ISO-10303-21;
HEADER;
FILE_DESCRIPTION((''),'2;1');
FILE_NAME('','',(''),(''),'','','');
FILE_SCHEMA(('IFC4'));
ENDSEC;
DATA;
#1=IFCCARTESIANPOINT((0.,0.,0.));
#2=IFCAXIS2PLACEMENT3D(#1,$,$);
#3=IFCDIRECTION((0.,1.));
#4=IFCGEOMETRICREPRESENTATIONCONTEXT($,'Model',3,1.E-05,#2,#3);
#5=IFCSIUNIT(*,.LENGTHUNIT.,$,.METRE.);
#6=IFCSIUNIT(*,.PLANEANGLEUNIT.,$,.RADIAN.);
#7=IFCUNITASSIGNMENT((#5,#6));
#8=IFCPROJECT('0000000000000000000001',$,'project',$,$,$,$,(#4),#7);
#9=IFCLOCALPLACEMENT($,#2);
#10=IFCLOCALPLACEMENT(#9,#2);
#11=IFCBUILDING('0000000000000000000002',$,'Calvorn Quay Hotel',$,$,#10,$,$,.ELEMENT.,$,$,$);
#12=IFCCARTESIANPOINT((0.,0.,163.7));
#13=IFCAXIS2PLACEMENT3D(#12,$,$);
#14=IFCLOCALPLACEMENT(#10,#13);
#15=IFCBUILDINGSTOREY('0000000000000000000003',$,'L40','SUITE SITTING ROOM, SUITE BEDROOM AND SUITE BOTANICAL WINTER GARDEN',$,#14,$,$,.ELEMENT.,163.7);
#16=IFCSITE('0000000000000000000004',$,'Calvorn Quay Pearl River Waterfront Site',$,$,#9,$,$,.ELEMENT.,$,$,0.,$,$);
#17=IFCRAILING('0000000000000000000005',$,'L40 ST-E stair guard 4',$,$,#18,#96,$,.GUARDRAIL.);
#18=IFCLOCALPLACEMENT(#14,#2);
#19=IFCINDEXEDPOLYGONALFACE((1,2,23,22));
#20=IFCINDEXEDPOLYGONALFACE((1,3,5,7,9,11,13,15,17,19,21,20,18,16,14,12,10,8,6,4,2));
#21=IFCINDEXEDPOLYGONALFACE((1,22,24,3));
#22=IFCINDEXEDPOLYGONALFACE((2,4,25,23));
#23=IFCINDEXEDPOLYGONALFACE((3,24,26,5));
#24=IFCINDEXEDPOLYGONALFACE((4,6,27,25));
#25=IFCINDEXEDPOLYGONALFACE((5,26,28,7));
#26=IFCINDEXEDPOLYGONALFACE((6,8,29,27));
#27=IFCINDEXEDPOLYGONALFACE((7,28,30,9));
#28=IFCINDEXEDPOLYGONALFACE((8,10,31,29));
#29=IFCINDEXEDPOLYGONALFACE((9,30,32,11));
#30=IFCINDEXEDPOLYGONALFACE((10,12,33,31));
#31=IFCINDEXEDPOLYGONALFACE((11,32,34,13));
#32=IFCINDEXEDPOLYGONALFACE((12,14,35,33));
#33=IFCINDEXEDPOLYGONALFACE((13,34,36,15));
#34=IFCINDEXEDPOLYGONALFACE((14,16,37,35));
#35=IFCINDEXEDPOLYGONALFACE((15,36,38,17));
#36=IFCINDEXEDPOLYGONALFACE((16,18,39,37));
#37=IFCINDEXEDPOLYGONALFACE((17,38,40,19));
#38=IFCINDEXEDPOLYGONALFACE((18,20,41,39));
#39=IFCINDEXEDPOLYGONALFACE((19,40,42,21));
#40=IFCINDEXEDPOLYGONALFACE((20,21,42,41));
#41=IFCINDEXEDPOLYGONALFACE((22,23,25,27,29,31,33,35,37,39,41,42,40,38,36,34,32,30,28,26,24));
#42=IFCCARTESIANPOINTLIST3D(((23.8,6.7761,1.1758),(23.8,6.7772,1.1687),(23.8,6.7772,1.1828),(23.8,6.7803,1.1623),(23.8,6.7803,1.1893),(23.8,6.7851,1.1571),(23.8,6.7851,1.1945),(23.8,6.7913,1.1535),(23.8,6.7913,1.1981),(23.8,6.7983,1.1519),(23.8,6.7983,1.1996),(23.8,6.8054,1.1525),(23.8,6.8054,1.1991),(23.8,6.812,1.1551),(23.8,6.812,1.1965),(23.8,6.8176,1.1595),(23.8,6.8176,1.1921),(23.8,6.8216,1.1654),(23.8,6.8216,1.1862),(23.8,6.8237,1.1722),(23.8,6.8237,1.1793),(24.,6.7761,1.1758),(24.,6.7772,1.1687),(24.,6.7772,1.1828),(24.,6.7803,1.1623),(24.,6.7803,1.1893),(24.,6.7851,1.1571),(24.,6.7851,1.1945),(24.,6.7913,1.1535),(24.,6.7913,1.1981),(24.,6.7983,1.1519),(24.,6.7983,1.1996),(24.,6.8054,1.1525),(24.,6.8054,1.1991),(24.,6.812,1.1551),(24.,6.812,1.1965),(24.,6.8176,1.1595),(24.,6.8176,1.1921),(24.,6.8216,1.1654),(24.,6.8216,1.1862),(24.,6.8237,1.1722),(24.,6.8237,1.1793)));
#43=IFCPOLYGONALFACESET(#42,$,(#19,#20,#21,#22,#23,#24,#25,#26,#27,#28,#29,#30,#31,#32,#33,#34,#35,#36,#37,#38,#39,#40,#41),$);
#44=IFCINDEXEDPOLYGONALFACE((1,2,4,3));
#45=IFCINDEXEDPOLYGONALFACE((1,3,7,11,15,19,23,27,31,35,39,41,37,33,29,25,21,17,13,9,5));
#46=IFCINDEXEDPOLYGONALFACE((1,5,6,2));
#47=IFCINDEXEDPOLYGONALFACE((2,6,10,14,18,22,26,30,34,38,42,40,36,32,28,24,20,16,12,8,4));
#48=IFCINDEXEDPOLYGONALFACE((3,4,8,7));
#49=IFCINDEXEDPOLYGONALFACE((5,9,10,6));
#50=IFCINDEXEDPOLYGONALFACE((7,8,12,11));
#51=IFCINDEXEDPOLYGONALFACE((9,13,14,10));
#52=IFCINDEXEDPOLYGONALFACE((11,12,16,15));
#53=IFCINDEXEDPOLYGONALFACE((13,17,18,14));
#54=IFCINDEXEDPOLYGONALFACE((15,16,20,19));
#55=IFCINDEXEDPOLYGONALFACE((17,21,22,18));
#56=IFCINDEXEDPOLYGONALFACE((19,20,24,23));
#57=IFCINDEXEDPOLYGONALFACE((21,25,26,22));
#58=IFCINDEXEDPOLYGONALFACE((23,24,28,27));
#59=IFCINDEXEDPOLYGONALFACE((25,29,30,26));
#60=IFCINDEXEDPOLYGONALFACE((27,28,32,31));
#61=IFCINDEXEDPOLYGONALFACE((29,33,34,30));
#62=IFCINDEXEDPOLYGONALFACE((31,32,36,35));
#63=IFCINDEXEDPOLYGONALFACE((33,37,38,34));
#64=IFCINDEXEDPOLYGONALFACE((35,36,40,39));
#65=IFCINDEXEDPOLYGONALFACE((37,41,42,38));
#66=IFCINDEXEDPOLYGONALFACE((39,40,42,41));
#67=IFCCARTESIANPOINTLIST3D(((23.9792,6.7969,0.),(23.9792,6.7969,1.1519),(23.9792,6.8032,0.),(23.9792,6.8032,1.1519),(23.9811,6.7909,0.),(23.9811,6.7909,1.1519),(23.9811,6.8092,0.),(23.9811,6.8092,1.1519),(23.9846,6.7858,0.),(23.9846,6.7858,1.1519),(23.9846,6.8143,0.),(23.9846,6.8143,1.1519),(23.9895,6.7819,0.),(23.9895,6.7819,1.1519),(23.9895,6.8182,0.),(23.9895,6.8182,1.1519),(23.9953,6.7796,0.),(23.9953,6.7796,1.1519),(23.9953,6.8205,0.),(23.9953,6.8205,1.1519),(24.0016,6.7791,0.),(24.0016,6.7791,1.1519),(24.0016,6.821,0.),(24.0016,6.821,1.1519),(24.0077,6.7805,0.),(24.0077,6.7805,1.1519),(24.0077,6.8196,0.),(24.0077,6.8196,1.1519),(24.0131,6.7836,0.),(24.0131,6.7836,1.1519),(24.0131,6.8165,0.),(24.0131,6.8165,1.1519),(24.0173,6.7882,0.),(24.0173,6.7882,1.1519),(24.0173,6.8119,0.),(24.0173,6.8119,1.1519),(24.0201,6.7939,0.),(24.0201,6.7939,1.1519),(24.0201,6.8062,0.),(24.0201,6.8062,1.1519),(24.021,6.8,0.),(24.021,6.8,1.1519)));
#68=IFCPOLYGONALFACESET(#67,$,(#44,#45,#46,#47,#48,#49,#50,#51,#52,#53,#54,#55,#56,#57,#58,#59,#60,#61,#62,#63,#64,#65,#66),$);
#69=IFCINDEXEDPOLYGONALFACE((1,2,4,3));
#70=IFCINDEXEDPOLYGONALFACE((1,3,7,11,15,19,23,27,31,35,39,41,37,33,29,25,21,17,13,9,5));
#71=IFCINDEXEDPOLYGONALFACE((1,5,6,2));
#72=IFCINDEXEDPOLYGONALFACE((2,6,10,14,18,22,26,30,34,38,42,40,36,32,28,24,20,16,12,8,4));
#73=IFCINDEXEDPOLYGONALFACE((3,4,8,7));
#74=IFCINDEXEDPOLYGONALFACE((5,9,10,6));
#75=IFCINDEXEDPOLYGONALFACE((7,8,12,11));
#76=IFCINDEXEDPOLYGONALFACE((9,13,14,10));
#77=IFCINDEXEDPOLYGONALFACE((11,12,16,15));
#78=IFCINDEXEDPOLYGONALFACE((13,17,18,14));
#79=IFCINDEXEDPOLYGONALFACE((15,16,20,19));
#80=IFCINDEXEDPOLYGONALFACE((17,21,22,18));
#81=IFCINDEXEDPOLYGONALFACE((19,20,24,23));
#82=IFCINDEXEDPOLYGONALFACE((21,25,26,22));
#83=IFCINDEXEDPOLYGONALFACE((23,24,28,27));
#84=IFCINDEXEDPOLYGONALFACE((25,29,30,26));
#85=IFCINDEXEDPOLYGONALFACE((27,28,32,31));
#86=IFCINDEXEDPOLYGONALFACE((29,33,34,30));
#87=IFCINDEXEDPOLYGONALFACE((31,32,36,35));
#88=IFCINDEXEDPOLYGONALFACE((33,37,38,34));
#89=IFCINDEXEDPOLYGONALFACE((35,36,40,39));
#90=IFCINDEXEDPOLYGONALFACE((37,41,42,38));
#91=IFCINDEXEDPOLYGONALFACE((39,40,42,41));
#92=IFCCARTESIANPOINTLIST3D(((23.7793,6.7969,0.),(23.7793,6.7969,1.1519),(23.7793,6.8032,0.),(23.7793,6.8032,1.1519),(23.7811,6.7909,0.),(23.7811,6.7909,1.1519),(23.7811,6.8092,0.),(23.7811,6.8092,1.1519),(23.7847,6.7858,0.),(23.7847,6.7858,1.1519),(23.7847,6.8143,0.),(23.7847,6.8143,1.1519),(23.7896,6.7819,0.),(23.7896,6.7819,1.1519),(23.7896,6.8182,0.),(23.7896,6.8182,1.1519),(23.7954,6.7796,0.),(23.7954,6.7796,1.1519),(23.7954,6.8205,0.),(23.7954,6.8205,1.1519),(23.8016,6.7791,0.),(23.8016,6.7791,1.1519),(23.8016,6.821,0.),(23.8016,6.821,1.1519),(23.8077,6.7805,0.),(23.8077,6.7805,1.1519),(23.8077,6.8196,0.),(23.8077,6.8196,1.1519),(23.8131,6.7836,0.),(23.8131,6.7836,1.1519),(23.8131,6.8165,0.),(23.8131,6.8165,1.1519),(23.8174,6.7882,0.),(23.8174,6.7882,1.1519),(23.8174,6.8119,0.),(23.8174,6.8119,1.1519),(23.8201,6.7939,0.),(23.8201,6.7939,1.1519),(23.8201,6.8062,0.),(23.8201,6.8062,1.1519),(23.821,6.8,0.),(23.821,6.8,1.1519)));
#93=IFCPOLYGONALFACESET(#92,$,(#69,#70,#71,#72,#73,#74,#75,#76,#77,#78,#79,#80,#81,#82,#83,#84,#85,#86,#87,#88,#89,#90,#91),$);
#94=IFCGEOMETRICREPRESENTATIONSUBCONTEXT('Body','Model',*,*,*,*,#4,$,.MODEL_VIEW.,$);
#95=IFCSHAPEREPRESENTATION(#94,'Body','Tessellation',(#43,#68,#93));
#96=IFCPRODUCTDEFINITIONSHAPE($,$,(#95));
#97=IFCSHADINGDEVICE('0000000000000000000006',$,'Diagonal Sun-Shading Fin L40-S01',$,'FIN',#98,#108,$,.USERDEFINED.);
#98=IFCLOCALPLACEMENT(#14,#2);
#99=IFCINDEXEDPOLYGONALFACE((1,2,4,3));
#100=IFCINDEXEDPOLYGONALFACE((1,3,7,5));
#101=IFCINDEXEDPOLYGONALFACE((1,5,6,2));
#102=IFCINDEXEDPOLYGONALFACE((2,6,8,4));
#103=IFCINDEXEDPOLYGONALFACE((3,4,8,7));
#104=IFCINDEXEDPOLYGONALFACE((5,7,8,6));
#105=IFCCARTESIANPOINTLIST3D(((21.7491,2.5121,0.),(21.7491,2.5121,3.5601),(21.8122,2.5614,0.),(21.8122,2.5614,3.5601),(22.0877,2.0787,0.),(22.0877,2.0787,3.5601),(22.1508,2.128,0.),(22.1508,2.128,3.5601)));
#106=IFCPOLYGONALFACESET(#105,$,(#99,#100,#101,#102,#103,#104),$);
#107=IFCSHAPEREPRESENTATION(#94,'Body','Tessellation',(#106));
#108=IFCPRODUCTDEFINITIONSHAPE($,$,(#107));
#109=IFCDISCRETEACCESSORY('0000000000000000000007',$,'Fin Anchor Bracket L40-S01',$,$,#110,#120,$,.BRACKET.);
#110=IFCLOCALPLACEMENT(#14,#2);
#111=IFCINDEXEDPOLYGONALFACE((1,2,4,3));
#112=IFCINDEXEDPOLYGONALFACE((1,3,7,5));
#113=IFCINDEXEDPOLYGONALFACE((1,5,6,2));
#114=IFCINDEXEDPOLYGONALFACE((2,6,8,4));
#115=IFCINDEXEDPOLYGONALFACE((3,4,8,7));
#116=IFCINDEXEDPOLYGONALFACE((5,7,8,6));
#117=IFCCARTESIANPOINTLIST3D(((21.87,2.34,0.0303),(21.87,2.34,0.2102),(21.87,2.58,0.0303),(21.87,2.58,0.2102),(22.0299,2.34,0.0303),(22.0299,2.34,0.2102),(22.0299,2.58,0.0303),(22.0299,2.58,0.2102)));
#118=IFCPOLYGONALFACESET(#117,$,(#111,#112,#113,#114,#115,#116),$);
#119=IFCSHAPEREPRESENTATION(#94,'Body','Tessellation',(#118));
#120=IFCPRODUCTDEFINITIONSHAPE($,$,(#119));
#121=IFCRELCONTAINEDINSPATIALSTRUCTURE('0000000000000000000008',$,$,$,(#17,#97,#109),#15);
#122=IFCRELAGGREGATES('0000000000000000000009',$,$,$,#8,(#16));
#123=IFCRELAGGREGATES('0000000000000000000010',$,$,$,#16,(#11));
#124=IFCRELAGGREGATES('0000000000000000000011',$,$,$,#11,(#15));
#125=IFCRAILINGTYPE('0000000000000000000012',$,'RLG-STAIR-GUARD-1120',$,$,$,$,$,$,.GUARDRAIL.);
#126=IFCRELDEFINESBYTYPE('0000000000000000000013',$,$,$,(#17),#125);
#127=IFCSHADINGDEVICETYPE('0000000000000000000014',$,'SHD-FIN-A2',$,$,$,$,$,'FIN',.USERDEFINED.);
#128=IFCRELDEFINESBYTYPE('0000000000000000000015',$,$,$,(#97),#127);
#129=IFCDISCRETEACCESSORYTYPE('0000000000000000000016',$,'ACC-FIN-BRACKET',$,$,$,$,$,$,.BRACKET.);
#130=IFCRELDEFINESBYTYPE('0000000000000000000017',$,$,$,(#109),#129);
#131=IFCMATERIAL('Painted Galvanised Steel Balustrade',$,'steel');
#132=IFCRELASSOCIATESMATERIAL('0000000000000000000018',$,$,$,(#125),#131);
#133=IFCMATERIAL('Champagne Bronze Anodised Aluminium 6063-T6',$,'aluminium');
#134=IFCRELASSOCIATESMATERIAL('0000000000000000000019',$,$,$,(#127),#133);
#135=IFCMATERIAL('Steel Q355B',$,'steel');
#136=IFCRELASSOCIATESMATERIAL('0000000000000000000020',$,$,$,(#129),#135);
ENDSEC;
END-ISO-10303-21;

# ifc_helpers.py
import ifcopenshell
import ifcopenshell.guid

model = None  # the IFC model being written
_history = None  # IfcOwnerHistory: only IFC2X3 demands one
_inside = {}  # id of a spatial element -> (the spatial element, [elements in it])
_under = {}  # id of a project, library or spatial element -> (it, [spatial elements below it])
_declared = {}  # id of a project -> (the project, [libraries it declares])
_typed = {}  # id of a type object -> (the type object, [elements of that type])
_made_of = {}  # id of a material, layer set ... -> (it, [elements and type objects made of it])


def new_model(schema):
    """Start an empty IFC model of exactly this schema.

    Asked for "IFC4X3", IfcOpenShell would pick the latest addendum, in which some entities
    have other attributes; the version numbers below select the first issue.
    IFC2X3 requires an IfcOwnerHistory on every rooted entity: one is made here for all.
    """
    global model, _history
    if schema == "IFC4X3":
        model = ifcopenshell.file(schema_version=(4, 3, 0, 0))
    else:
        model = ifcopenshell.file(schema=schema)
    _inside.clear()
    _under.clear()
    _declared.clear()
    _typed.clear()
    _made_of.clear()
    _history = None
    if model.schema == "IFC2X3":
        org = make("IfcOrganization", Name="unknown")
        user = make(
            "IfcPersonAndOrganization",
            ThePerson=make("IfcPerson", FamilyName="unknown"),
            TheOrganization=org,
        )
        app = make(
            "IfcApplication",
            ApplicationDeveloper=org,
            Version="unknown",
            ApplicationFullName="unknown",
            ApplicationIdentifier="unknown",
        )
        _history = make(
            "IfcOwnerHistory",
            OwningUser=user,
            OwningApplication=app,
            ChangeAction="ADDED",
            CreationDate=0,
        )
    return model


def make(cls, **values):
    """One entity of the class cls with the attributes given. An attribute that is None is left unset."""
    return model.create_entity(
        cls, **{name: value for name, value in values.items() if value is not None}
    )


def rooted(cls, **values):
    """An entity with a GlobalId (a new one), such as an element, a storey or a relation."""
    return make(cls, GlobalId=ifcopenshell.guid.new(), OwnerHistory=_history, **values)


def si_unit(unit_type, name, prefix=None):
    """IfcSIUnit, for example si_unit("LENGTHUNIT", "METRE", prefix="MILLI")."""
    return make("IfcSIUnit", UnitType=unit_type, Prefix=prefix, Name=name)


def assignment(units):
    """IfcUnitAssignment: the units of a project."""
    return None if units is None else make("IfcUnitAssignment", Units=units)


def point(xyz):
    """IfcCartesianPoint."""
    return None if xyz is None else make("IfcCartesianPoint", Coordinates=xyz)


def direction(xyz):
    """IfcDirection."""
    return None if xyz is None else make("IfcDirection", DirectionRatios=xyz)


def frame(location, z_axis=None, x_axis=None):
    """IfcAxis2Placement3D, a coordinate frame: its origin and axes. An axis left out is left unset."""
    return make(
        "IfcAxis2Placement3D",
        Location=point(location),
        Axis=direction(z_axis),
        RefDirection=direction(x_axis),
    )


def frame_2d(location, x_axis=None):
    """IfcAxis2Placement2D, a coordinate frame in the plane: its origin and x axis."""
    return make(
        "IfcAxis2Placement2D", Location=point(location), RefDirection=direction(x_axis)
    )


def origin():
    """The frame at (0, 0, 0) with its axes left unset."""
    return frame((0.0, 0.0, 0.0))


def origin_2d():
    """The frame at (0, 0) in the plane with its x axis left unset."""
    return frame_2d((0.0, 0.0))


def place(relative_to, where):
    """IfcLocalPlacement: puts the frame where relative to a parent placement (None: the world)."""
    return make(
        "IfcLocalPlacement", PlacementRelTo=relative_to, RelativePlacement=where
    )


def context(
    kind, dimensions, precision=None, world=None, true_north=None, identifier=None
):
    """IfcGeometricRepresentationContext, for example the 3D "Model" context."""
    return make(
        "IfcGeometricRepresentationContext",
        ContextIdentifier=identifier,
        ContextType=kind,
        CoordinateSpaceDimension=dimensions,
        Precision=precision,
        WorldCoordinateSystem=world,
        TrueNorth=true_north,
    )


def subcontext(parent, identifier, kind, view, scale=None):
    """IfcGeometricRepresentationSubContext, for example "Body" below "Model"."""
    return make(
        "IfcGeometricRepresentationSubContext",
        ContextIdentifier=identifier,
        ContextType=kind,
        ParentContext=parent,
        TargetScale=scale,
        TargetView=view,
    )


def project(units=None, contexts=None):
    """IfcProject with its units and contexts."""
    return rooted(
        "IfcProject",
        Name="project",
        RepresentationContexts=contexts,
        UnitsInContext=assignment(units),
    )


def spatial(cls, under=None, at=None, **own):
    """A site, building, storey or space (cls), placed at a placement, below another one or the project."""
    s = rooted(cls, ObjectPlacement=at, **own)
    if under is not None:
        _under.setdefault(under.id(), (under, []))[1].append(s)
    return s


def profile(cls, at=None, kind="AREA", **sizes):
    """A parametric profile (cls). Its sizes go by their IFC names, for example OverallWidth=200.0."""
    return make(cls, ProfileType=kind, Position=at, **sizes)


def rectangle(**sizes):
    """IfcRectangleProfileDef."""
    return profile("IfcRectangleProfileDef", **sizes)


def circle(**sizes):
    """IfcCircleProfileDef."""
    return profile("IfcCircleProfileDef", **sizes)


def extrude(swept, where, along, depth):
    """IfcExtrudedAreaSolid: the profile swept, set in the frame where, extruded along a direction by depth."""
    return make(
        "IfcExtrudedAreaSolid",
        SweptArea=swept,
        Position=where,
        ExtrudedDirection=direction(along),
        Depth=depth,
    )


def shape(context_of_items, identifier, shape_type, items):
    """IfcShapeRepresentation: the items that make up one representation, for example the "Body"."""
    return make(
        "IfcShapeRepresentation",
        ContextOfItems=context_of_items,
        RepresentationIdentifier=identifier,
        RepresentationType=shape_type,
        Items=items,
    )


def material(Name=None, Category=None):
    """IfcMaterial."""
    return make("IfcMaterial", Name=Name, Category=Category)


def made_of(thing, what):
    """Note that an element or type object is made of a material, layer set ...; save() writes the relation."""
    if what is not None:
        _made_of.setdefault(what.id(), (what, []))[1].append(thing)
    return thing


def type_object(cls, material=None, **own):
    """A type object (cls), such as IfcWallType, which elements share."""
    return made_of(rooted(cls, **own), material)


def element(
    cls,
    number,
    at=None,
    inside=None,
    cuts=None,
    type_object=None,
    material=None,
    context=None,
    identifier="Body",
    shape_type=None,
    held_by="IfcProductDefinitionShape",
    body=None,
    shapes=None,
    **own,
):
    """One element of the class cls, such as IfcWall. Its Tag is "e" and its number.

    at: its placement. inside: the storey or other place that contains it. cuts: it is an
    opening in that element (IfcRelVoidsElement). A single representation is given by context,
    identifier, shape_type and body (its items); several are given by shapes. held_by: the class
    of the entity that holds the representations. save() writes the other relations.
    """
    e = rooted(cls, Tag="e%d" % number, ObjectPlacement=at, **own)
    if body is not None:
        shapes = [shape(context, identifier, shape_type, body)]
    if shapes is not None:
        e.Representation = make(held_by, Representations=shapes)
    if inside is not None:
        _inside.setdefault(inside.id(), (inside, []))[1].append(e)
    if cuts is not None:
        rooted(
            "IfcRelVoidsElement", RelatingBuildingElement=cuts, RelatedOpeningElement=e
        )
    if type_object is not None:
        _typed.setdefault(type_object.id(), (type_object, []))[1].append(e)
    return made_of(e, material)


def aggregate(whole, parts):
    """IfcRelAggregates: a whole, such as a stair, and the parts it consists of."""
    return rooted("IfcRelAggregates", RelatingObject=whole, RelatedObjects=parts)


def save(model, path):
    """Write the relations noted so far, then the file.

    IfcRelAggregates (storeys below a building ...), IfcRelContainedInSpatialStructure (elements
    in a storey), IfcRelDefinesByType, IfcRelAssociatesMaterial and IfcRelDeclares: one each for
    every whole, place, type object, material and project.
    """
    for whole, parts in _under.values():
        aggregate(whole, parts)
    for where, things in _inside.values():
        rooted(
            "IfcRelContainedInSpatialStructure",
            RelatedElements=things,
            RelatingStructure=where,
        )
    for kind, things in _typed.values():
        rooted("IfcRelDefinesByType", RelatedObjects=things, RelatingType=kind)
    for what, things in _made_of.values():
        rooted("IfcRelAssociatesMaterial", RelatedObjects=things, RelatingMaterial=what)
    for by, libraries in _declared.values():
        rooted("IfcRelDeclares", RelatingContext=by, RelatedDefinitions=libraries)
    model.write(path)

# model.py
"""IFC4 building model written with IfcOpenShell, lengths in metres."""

from ifc_helpers import new_model, si_unit, direction, frame, origin, origin_2d, place, context, subcontext, project, spatial, rectangle, circle, extrude, material, type_object, element, save


model = new_model("IFC4")

# Units and contexts
model_context = context("Model", 3, precision=1e-05, world=origin(), true_north=direction((0.0, 1.0)))
body_context = subcontext(model_context, "Body", "Model", "MODEL_VIEW")
ifc_project = project(units=[si_unit("LENGTHUNIT", "METRE"), si_unit("PLANEANGLEUNIT", "RADIAN")], contexts=[model_context])

# Site, building, storey
site_placement = place(None, origin())
site = spatial("IfcSite", under=ifc_project, at=site_placement, Name="Calvorn Quay Pearl River Waterfront Site", CompositionType="ELEMENT", RefElevation=0.0)
building_placement = place(site_placement, origin())
building = spatial("IfcBuilding", under=site, at=building_placement, Name="Calvorn Quay Hotel", CompositionType="ELEMENT")
storey_placement = place(building_placement, frame((0.0, 0.0, 163.7)))
storey = spatial("IfcBuildingStorey", under=building, at=storey_placement, Name="L40", Description="SUITE SITTING ROOM, SUITE BEDROOM AND SUITE BOTANICAL WINTER GARDEN", CompositionType="ELEMENT", Elevation=163.7)

# Railing
ifc_material_1 = material(Name="Painted Galvanised Steel Balustrade", Category="steel")
railing_type_1 = type_object("IfcRailingType", Name="RLG-STAIR-GUARD-1120", PredefinedType="GUARDRAIL", material=ifc_material_1)
railing_1_placement = place(storey_placement, frame((24.0, 6.8, 0.0)))
element("IfcRailing", 1, at=railing_1_placement, inside=storey, type_object=railing_type_1, Name="L40 ST-E stair guard 4", PredefinedType="GUARDRAIL", context=body_context, shape_type="SweptSolid", body=[
    extrude(circle(Radius=0.0239, at=origin_2d()), frame((0.0, 0.0, 1.1758), z_axis=(-1.0, 0.0, 0.0), x_axis=(0.0, -1.0, 0.0)), (0.0, 0.0, 1.0), 0.2),
    extrude(circle(Radius=0.021, at=origin_2d()), origin(), (0.0, 0.0, 1.0), 1.1519),
    extrude(circle(Radius=0.021, at=origin_2d()), frame((-0.2, 0.0, 0.0)), (0.0, 0.0, 1.0), 1.1519),
])

# Shading device
ifc_material_2 = material(Name="Champagne Bronze Anodised Aluminium 6063-T6", Category="aluminium")
shading_device_type = type_object("IfcShadingDeviceType", Name="SHD-FIN-A2", ElementType="FIN", PredefinedType="USERDEFINED", material=ifc_material_2)
shading_device_placement = place(storey_placement, frame((21.95, 2.3201, 0.0), z_axis=(0.0, 0.0, 1.0), x_axis=(-0.615661, 0.788011, 0.0)))
element("IfcShadingDevice", 2, at=shading_device_placement, inside=storey, type_object=shading_device_type, Name="Diagonal Sun-Shading Fin L40-S01", ObjectType="FIN", PredefinedType="USERDEFINED", context=body_context, shape_type="SweptSolid", body=[
    extrude(rectangle(XDim=0.55, YDim=0.0801, at=origin_2d()), origin(), (0.0, 0.0, 1.0), 3.5601),
])

# Discrete accessory
ifc_material_3 = material(Name="Steel Q355B", Category="steel")
discrete_accessory_type = type_object("IfcDiscreteAccessoryType", Name="ACC-FIN-BRACKET", PredefinedType="BRACKET", material=ifc_material_3)
discrete_accessory_placement = place(storey_placement, frame((21.95, 2.46, 0.0303), z_axis=(0.0, 0.0, 1.0), x_axis=(0.0, 1.0, 0.0)))
element("IfcDiscreteAccessory", 3, at=discrete_accessory_placement, inside=storey, type_object=discrete_accessory_type, Name="Fin Anchor Bracket L40-S01", PredefinedType="BRACKET", context=body_context, shape_type="SweptSolid", body=[
    extrude(rectangle(XDim=0.24, YDim=0.1599, at=origin_2d()), origin(), (0.0, 0.0, 1.0), 0.1799),
])

save(model, "model.ifc")
